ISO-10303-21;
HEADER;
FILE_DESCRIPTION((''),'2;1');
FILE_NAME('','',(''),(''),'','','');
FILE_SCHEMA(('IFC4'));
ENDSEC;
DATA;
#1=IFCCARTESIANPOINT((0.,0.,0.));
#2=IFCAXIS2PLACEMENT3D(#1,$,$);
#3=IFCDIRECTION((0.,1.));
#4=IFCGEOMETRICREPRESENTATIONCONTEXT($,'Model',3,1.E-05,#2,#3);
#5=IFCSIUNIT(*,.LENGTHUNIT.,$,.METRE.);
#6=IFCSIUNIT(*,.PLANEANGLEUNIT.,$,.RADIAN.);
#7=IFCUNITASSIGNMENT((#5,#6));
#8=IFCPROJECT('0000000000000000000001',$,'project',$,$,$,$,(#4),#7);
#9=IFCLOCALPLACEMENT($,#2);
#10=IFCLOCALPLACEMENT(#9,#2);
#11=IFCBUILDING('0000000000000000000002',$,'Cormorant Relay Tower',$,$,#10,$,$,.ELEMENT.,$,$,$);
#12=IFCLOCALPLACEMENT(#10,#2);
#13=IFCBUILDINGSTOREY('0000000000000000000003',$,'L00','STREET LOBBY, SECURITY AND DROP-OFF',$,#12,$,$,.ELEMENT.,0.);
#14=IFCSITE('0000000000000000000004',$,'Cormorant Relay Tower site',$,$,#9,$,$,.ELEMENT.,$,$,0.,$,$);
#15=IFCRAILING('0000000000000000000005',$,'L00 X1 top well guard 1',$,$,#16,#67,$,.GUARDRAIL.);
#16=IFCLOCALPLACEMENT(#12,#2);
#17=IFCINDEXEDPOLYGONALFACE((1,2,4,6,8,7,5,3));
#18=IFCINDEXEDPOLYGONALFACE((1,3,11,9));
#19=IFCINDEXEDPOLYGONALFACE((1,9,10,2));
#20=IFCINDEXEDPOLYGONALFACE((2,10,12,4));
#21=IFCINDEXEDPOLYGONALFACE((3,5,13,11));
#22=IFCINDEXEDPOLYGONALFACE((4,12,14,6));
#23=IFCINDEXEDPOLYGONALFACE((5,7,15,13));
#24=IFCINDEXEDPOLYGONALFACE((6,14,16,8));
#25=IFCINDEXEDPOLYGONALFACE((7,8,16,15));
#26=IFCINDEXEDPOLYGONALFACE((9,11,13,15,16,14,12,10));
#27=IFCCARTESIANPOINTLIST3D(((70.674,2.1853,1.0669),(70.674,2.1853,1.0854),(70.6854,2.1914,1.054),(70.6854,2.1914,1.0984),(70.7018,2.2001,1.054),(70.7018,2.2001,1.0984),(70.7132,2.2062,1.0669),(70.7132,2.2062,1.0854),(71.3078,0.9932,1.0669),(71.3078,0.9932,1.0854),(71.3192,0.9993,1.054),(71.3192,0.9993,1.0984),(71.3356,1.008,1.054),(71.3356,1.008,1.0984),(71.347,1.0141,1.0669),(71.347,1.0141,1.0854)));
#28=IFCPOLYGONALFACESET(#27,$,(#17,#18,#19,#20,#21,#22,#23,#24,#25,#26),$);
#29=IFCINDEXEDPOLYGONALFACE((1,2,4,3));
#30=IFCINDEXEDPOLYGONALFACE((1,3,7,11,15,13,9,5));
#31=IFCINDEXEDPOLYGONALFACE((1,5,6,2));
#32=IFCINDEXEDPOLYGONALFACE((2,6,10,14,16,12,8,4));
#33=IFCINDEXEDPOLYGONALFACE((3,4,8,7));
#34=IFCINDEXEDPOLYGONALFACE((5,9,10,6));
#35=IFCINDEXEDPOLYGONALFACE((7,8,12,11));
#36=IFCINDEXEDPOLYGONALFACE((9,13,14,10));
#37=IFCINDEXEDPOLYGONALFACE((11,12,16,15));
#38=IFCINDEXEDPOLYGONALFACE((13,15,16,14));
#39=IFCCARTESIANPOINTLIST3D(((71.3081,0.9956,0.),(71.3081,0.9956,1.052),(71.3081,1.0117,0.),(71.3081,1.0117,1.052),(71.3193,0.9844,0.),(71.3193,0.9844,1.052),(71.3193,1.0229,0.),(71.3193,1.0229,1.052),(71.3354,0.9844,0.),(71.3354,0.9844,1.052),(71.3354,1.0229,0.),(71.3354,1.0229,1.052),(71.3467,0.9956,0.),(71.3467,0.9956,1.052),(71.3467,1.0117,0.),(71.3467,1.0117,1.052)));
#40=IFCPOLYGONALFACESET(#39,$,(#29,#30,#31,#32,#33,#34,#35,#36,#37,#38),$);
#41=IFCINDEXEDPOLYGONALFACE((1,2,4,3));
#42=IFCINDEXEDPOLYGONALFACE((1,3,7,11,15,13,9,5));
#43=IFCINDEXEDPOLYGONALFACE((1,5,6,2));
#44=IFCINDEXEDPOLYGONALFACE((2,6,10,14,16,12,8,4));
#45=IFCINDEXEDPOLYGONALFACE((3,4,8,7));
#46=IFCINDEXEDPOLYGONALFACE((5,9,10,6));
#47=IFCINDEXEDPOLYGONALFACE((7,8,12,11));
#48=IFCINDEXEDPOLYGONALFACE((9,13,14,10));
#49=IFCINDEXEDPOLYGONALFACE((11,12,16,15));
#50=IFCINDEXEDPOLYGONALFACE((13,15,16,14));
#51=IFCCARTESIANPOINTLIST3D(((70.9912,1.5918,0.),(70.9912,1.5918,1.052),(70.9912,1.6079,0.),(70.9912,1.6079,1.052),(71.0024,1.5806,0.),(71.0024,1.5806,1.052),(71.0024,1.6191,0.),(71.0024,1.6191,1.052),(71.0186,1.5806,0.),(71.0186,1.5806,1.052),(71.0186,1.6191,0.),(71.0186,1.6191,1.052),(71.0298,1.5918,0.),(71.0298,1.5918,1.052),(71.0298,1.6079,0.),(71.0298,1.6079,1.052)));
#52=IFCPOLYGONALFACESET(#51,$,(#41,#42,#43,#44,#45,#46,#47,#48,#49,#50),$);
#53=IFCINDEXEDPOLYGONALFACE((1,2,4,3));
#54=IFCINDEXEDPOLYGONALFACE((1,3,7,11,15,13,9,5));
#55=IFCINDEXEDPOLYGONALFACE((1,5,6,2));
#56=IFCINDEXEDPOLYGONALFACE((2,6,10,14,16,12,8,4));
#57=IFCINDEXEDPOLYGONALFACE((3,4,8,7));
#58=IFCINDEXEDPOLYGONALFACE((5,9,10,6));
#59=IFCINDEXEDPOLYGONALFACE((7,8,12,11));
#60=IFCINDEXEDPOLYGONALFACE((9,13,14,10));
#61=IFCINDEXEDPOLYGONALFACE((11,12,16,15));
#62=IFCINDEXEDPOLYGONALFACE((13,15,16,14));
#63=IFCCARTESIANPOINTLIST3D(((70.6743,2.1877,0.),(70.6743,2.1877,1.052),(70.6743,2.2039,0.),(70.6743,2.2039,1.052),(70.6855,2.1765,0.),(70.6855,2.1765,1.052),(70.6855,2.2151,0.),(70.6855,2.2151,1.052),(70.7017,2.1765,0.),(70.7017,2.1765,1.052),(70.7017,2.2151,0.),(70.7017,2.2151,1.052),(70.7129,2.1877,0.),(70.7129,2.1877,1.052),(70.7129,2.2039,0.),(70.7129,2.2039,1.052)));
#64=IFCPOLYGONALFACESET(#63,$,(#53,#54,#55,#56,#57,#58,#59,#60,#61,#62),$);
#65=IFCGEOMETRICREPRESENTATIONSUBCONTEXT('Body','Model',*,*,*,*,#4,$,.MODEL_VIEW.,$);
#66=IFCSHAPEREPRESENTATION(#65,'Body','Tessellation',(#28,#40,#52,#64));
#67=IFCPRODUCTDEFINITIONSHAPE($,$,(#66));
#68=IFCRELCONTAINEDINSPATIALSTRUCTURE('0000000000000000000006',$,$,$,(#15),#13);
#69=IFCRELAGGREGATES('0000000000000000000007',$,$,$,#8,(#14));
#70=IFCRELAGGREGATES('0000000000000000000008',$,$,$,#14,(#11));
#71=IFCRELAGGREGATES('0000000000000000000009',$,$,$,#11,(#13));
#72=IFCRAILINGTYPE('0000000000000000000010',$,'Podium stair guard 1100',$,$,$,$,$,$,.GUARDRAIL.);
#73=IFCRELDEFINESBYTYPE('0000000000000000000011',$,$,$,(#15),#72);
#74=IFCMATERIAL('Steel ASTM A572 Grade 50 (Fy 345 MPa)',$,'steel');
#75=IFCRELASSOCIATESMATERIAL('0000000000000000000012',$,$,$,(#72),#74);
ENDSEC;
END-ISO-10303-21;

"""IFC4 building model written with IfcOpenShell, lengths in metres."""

from ifc_helpers import new_model, si_unit, direction, frame, origin, place, context, subcontext, project, spatial, polyline, outline, extrude, material, type_object, element, save


model = new_model("IFC4")

# Units and contexts
model_context = context("Model", 3, precision=1e-05, world=origin(), true_north=direction((0.0, 1.0)))
body_context = subcontext(model_context, "Body", "Model", "MODEL_VIEW")
ifc_project = project(units=[si_unit("LENGTHUNIT", "METRE"), si_unit("PLANEANGLEUNIT", "RADIAN")], contexts=[model_context])

# Site, building, storey
site_placement = place(None, origin())
site = spatial("IfcSite", under=ifc_project, at=site_placement, Name="Cormorant Relay Tower site", CompositionType="ELEMENT", RefElevation=0.0)
building_placement = place(site_placement, origin())
building = spatial("IfcBuilding", under=site, at=building_placement, Name="Cormorant Relay Tower", CompositionType="ELEMENT")
storey_placement = place(building_placement, origin())
storey = spatial("IfcBuildingStorey", under=building, at=storey_placement, Name="L00", Description="STREET LOBBY, SECURITY AND DROP-OFF", CompositionType="ELEMENT", Elevation=0.0)

# Railing
ifc_material_1 = material(Name="Steel ASTM A572 Grade 50 (Fy 345 MPa)", Category="steel")
railing_type = type_object("IfcRailingType", Name="Podium stair guard 1100", PredefinedType="GUARDRAIL", material=ifc_material_1)
railing_placement = place(storey_placement, frame((71.3274, 1.0037, 0.0)))
element("IfcRailing", 1, at=railing_placement, inside=storey, type_object=railing_type, Name="L00 X1 top well guard 1", PredefinedType="GUARDRAIL", context=body_context, shape_type="SweptSolid", body=[
    extrude(outline(polyline([(0.0222, 0.0093), (0.0093, 0.0222), (-0.0093, 0.0222), (-0.0222, 0.0093), (-0.0222, -0.0093), (-0.0093, -0.0222), (0.0093, -0.0222), (0.0222, -0.0093), (0.0222, 0.0093)])), frame((0.0, 0.0, 1.0762), z_axis=(-0.469424, 0.882973, 0.0), x_axis=(-0.882973, -0.469424, 0.0)), (0.0, 0.0, 1.0), 1.3501),
    extrude(outline(polyline([(0.0193, 0.0081), (0.0081, 0.0193), (-0.0081, 0.0193), (-0.0193, 0.0081), (-0.0193, -0.0081), (-0.0081, -0.0193), (0.0081, -0.0193), (0.0193, -0.0081), (0.0193, 0.0081)])), origin(), (0.0, 0.0, 1.0), 1.052),
    extrude(outline(polyline([(0.0193, 0.0081), (0.0081, 0.0193), (-0.0081, 0.0193), (-0.0193, 0.0081), (-0.0193, -0.0081), (-0.0081, -0.0193), (0.0081, -0.0193), (0.0193, -0.0081), (0.0193, 0.0081)])), frame((-0.3169, 0.5962, 0.0)), (0.0, 0.0, 1.0), 1.052),
    extrude(outline(polyline([(0.0193, 0.0081), (0.0081, 0.0193), (-0.0081, 0.0193), (-0.0193, 0.0081), (-0.0193, -0.0081), (-0.0081, -0.0193), (0.0081, -0.0193), (0.0193, -0.0081), (0.0193, 0.0081)])), frame((-0.6338, 1.1921, 0.0)), (0.0, 0.0, 1.0), 1.052),
])

save(model, "model.ifc")
